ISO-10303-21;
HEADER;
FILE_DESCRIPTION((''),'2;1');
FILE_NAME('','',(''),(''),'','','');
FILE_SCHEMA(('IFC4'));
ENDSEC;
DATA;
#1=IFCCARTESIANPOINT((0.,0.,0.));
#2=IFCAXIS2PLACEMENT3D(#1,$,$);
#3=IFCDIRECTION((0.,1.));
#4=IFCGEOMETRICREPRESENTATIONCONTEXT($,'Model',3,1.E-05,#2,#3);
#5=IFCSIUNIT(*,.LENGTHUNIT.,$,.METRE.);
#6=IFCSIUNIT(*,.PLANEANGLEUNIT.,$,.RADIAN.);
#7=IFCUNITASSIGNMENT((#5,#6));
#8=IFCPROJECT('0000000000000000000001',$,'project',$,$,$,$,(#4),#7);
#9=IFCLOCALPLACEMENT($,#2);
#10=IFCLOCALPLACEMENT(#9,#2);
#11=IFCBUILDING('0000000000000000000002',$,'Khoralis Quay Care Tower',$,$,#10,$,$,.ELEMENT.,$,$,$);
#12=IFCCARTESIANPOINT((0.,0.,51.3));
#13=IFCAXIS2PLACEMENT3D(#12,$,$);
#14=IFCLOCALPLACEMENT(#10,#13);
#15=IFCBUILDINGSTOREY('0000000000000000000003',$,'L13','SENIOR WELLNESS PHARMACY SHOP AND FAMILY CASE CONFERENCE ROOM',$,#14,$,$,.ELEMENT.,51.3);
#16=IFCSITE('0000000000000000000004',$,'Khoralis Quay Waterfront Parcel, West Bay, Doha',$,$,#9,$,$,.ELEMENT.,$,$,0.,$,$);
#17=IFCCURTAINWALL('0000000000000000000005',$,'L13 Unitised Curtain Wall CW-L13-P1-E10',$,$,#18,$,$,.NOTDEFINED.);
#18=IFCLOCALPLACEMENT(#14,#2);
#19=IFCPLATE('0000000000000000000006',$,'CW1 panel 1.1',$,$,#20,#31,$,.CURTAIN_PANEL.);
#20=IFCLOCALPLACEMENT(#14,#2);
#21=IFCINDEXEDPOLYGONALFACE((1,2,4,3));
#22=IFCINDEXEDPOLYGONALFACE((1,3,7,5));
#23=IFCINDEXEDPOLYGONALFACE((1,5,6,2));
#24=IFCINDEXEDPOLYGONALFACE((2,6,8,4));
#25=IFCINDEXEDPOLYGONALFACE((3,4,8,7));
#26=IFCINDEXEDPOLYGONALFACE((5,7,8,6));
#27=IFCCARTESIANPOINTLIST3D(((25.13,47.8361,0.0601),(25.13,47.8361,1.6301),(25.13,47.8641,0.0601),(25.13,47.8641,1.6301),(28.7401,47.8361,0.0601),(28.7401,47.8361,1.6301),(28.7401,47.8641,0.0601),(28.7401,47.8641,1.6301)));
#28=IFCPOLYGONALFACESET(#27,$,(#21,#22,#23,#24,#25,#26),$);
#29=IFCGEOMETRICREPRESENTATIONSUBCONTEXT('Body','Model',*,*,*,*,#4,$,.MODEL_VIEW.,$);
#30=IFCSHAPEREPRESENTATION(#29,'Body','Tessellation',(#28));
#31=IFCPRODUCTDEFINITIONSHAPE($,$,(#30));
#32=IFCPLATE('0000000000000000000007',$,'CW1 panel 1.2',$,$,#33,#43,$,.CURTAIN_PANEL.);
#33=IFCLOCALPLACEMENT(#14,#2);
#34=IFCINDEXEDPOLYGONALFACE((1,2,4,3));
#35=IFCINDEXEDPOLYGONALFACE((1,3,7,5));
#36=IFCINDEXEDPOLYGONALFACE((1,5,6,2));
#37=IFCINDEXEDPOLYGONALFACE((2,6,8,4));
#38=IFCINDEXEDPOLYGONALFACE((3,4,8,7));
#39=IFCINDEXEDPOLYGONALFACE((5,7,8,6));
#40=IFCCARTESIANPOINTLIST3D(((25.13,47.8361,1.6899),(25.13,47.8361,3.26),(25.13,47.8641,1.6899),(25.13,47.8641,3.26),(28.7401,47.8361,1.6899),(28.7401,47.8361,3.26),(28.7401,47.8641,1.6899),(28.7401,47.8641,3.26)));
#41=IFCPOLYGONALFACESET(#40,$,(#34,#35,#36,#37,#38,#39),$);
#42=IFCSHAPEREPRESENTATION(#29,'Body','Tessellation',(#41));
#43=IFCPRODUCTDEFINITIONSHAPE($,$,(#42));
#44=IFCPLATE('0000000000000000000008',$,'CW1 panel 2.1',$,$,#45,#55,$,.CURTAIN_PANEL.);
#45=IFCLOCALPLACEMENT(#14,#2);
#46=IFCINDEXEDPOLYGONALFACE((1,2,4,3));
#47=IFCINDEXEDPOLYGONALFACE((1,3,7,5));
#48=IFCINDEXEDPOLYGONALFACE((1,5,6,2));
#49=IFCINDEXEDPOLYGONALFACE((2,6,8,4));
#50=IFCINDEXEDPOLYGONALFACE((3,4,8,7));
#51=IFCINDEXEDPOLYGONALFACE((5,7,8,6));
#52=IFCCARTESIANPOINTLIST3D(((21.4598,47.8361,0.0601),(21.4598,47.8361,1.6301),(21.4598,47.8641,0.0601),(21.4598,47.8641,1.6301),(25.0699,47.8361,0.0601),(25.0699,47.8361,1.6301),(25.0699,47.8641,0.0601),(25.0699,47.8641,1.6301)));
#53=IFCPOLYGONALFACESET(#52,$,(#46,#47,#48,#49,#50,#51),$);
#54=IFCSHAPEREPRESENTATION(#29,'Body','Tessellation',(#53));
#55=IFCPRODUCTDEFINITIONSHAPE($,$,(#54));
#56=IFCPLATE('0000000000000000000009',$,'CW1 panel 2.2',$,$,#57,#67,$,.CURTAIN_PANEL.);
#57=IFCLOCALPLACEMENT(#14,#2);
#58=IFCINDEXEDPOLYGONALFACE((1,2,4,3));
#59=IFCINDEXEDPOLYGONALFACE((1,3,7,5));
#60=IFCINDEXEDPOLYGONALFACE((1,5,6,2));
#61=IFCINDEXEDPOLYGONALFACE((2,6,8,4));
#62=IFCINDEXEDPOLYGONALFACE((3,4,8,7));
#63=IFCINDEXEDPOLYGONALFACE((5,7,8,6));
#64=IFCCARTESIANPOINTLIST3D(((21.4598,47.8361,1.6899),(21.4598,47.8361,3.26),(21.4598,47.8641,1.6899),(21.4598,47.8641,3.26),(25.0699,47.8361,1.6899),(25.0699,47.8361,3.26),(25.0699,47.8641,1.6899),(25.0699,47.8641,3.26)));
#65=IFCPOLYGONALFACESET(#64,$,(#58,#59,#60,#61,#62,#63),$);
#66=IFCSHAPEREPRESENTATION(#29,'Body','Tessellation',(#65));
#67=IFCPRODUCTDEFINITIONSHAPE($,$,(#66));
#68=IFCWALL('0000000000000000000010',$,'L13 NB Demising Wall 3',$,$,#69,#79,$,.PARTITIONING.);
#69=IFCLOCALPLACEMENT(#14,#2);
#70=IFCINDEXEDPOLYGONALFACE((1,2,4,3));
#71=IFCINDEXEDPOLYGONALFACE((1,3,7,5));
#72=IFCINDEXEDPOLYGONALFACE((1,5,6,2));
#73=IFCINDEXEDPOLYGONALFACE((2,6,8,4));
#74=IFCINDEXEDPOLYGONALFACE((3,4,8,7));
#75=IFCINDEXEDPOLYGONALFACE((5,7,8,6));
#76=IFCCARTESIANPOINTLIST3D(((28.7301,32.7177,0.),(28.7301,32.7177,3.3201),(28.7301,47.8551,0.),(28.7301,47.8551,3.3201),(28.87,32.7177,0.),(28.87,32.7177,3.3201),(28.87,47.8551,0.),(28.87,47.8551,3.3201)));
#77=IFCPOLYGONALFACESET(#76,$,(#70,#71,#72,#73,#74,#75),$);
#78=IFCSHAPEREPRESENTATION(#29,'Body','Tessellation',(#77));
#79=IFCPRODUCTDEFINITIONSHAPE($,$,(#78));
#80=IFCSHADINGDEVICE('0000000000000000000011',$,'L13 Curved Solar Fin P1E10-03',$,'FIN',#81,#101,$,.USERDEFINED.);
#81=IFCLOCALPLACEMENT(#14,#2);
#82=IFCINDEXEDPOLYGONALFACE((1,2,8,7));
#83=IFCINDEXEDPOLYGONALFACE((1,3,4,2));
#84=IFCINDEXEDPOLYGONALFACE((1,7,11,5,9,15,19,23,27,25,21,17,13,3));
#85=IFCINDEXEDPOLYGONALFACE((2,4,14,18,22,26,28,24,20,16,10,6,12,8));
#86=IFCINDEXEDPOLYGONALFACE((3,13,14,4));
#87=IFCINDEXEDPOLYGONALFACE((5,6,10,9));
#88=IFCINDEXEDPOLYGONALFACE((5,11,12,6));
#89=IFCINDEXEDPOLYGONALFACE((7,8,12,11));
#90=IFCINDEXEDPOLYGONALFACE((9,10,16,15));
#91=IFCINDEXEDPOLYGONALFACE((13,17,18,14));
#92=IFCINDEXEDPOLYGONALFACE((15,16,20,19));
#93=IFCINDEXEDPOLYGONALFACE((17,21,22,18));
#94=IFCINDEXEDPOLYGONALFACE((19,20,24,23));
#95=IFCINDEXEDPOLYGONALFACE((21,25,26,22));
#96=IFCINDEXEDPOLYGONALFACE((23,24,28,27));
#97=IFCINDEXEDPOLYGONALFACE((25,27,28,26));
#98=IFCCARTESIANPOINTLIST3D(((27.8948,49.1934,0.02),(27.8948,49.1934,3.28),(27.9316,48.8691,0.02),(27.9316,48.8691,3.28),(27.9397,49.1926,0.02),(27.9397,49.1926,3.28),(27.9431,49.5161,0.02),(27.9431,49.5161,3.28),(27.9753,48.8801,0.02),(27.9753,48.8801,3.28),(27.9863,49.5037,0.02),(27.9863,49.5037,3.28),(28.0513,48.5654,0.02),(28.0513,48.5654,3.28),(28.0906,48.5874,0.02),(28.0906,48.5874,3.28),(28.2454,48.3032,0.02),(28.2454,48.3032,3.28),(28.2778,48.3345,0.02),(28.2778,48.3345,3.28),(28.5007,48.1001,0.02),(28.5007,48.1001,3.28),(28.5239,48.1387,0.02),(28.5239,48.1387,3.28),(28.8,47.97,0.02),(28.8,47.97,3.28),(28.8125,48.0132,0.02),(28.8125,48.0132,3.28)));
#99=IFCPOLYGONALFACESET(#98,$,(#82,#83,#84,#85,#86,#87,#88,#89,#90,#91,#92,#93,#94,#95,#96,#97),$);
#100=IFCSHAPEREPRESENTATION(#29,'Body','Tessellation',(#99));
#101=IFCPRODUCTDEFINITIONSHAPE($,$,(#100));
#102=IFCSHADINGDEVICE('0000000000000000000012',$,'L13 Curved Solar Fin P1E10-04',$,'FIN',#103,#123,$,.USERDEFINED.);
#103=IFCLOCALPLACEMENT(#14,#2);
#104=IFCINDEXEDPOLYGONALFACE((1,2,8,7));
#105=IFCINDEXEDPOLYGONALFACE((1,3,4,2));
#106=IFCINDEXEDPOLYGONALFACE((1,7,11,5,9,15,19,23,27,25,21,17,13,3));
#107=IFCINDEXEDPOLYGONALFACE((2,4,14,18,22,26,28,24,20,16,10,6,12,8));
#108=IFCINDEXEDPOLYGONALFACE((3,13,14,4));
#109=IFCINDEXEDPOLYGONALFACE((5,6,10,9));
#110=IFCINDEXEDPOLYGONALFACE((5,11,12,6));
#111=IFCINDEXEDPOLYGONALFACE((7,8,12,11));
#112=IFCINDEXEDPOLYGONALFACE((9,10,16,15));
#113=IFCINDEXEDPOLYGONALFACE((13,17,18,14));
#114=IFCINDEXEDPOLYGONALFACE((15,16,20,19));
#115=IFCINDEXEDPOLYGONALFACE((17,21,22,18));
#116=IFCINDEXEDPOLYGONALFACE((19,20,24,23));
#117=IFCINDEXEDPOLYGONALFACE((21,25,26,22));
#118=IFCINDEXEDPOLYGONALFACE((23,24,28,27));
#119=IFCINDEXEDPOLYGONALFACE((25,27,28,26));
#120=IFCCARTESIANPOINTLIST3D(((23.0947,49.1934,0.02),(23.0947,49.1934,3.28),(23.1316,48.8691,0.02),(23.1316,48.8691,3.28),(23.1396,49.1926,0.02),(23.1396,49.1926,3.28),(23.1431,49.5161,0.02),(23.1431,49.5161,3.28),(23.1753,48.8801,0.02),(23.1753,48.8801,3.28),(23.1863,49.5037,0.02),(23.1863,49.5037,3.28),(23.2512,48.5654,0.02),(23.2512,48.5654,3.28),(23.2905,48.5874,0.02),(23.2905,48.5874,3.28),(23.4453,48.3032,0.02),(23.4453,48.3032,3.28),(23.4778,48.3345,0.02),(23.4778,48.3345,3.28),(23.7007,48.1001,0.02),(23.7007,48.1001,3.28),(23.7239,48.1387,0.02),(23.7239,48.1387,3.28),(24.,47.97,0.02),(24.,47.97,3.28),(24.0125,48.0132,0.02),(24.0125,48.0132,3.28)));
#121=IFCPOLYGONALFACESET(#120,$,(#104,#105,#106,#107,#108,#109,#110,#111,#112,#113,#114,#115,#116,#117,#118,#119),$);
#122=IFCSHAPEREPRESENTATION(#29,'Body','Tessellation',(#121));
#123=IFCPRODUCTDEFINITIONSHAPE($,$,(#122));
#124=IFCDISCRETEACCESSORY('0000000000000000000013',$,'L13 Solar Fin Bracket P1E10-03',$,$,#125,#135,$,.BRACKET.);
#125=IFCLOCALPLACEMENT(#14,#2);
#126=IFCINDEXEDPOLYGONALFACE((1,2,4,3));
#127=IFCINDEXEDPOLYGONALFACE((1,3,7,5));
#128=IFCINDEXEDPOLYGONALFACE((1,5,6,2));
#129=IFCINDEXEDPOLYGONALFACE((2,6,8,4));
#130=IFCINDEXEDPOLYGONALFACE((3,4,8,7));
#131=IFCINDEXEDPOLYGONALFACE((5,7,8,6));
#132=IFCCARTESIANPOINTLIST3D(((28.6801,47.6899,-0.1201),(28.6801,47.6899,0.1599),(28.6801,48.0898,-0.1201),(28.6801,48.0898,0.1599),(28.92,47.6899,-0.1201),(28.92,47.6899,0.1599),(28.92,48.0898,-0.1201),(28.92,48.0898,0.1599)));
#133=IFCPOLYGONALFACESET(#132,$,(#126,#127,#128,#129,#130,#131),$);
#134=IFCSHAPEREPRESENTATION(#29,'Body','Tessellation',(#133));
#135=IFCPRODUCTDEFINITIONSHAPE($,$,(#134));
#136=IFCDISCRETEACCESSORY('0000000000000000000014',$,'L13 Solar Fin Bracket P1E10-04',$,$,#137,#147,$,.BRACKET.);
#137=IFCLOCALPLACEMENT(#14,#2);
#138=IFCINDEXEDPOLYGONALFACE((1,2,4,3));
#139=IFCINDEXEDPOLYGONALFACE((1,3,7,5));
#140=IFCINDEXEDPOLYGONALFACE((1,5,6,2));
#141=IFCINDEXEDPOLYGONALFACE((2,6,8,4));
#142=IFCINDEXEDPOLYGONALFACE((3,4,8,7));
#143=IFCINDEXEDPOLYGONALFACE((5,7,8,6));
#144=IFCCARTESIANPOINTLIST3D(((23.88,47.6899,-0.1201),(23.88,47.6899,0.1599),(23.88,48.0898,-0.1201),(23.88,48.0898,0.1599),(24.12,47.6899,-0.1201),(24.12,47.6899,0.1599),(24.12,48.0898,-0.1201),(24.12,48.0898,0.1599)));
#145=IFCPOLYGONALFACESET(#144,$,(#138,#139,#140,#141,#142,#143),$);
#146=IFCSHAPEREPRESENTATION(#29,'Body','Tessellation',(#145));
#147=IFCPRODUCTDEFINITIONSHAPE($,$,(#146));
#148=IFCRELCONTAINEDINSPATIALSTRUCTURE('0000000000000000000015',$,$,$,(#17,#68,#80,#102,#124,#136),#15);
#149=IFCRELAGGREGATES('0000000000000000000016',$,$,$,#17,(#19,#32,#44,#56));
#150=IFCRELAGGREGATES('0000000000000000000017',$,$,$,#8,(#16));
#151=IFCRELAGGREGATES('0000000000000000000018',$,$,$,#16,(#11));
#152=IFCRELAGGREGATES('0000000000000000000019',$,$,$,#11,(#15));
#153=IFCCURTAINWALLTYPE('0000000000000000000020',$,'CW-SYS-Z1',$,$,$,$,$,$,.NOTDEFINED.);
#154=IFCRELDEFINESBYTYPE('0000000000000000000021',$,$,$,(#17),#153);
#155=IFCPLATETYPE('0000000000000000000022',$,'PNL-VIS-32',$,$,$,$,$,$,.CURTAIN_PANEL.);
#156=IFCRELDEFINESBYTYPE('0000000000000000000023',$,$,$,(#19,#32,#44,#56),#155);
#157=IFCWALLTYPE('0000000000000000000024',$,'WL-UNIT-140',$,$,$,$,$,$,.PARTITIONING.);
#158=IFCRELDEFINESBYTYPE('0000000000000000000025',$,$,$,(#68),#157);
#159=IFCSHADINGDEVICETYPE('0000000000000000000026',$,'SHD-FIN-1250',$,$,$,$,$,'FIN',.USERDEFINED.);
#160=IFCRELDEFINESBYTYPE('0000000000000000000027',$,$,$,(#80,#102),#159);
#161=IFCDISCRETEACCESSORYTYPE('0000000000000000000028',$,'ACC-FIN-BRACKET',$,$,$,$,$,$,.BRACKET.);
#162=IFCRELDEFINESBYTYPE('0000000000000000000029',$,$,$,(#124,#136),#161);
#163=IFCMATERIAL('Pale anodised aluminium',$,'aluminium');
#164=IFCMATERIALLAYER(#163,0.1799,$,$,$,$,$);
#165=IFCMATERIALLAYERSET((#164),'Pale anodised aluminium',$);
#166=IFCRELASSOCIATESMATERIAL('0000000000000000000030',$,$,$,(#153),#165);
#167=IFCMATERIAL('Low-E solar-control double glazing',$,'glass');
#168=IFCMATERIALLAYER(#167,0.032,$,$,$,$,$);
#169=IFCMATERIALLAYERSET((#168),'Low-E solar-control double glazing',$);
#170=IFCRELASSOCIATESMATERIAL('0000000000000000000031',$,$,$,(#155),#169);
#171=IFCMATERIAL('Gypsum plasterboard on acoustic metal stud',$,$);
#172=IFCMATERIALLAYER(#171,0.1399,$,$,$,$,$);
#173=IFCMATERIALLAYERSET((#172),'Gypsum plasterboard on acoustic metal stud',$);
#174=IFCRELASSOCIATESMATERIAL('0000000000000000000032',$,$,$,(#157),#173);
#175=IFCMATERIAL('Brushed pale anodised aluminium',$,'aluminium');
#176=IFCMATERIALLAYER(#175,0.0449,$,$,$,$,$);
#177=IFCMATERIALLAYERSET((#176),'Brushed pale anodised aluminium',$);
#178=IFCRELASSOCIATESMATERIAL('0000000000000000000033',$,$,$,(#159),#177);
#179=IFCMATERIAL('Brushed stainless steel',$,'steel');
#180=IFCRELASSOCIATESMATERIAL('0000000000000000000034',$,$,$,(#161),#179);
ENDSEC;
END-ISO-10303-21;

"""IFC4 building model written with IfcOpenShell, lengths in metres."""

from ifc_helpers import new_model, si_unit, direction, frame, frame_2d, origin, origin_2d, place, context, subcontext, project, spatial, polyline, rectangle, outline, extrude, source, transform, mapped, material, layer, layer_set, type_object, element, aggregate, save


model = new_model("IFC4")

# Units and contexts
model_context = context("Model", 3, precision=1e-05, world=origin(), true_north=direction((0.0, 1.0)))
body_context = subcontext(model_context, "Body", "Model", "MODEL_VIEW")
ifc_project = project(units=[si_unit("LENGTHUNIT", "METRE"), si_unit("PLANEANGLEUNIT", "RADIAN")], contexts=[model_context])

# Site, building, storey
site_placement = place(None, origin())
site = spatial("IfcSite", under=ifc_project, at=site_placement, Name="Khoralis Quay Waterfront Parcel, West Bay, Doha", CompositionType="ELEMENT", RefElevation=0.0)
building_placement = place(site_placement, origin())
building = spatial("IfcBuilding", under=site, at=building_placement, Name="Khoralis Quay Care Tower", CompositionType="ELEMENT")
storey_placement = place(building_placement, frame((0.0, 0.0, 51.3)))
storey = spatial("IfcBuildingStorey", under=building, at=storey_placement, Name="L13", Description="SENIOR WELLNESS PHARMACY SHOP AND FAMILY CASE CONFERENCE ROOM", CompositionType="ELEMENT", Elevation=51.3)

# Curtain wall, plates
ifc_material_1 = material(Name="Pale anodised aluminium", Category="aluminium")
ifc_layer_1 = layer(ifc_material_1, 0.1799)
ifc_layer_set_1 = layer_set([ifc_layer_1], Name="Pale anodised aluminium")
curtain_wall_type = type_object("IfcCurtainWallType", Name="CW-SYS-Z1", PredefinedType="NOTDEFINED", material=ifc_layer_set_1)
curtain_wall_placement = place(storey_placement, origin())
curtain_wall = element("IfcCurtainWall", 1, at=curtain_wall_placement, inside=storey, type_object=curtain_wall_type, Name="L13 Unitised Curtain Wall CW-L13-P1-E10", PredefinedType="NOTDEFINED")
ifc_material_2 = material(Name="Low-E solar-control double glazing", Category="glass")
ifc_layer_2 = layer(ifc_material_2, 0.032)
ifc_layer_set_2 = layer_set([ifc_layer_2], Name="Low-E solar-control double glazing")
plate_type = type_object("IfcPlateType", Name="PNL-VIS-32", PredefinedType="CURTAIN_PANEL", material=ifc_layer_set_2)
shared_shape_1 = source(origin(), body_context, "Body", "SweptSolid", [
    extrude(rectangle(XDim=3.6101, YDim=0.0281, at=origin_2d()), origin(), (0.0, 0.0, 1.0), 1.5701),
])
plate_1_placement = place(storey_placement, frame((26.9351, 47.8501, 0.0601), z_axis=(0.0, 0.0, 1.0), x_axis=(-1.0, 0.0, 0.0)))
plate_1 = element("IfcPlate", 2, at=plate_1_placement, type_object=plate_type, Name="CW1 panel 1.1", PredefinedType="CURTAIN_PANEL", context=body_context, shape_type="MappedRepresentation", body=[
    mapped(shared_shape_1, transform((0.0, 0.0, 0.0), scale=1.0)),
])
plate_2_placement = place(storey_placement, frame((26.9351, 47.8501, 1.6899), z_axis=(0.0, 0.0, 1.0), x_axis=(-1.0, 0.0, 0.0)))
plate_2 = element("IfcPlate", 3, at=plate_2_placement, type_object=plate_type, Name="CW1 panel 1.2", PredefinedType="CURTAIN_PANEL", context=body_context, shape_type="MappedRepresentation", body=[
    mapped(shared_shape_1, transform((0.0, 0.0, 0.0), scale=1.0)),
])
plate_3_placement = place(storey_placement, frame((23.2649, 47.8501, 0.0601), z_axis=(0.0, 0.0, 1.0), x_axis=(-1.0, 0.0, 0.0)))
plate_3 = element("IfcPlate", 4, at=plate_3_placement, type_object=plate_type, Name="CW1 panel 2.1", PredefinedType="CURTAIN_PANEL", context=body_context, shape_type="MappedRepresentation", body=[
    mapped(shared_shape_1, transform((0.0, 0.0, 0.0), scale=1.0)),
])
plate_4_placement = place(storey_placement, frame((23.2649, 47.8501, 1.6899), z_axis=(0.0, 0.0, 1.0), x_axis=(-1.0, 0.0, 0.0)))
plate_4 = element("IfcPlate", 5, at=plate_4_placement, type_object=plate_type, Name="CW1 panel 2.2", PredefinedType="CURTAIN_PANEL", context=body_context, shape_type="MappedRepresentation", body=[
    mapped(shared_shape_1, transform((0.0, 0.0, 0.0), scale=1.0)),
])
aggregate(curtain_wall, [plate_1, plate_2, plate_3, plate_4])

# Wall
ifc_material_3 = material(Name="Gypsum plasterboard on acoustic metal stud")
ifc_layer_3 = layer(ifc_material_3, 0.1399)
ifc_layer_set_3 = layer_set([ifc_layer_3], Name="Gypsum plasterboard on acoustic metal stud")
wall_type = type_object("IfcWallType", Name="WL-UNIT-140", PredefinedType="PARTITIONING", material=ifc_layer_set_3)
wall_placement = place(storey_placement, frame((28.8, 32.7175, 0.0), z_axis=(0.0, 0.0, 1.0), x_axis=(0.0, 1.0, 0.0)))
element("IfcWall", 6, at=wall_placement, inside=storey, type_object=wall_type, Name="L13 NB Demising Wall 3", PredefinedType="PARTITIONING", context=body_context, shape_type="SweptSolid", body=[
    extrude(rectangle(XDim=15.1375, YDim=0.1399, at=frame_2d((7.5688, 0.0))), origin(), (0.0, 0.0, 1.0), 3.3201),
])

# Shading devices
ifc_material_4 = material(Name="Brushed pale anodised aluminium", Category="aluminium")
ifc_layer_4 = layer(ifc_material_4, 0.0449)
ifc_layer_set_4 = layer_set([ifc_layer_4], Name="Brushed pale anodised aluminium")
shading_device_type = type_object("IfcShadingDeviceType", Name="SHD-FIN-1250", ElementType="FIN", PredefinedType="USERDEFINED", material=ifc_layer_set_4)
shared_shape_2 = source(origin(), body_context, "Body", "SweptSolid", [
    extrude(outline(polyline([(0.0, 0.0), (0.1301, 0.2993), (0.3333, 0.5547), (0.5955, 0.7488), (0.8992, 0.8684), (1.2234, 0.9053), (1.5461, 0.8569), (1.5337, 0.8137), (1.2227, 0.8604), (0.9102, 0.8247), (0.6174, 0.7095), (0.3645, 0.5222), (0.1687, 0.2761), (0.0432, -0.0125), (0.0, 0.0)])), origin(), (0.0, 0.0, 1.0), 3.26),
])
for number, where, z_axis, x_axis, name in (
    (7, (28.8, 47.97, 0.02), (0.0, 0.0, 1.0), (0.0, 1.0, 0.0), "L13 Curved Solar Fin P1E10-03"),
    (8, (24.0, 47.97, 0.02), (0.0, 0.0, 1.0), (0.0, 1.0, 0.0), "L13 Curved Solar Fin P1E10-04"),
):
    element("IfcShadingDevice", number, at=place(storey_placement, frame(where, z_axis=z_axis, x_axis=x_axis)), inside=storey, type_object=shading_device_type, Name=name, ObjectType="FIN", PredefinedType="USERDEFINED", context=body_context, shape_type="MappedRepresentation", body=[
        mapped(shared_shape_2, transform((0.0, 0.0, 0.0), scale=1.0)),
    ])

# Discrete accessories
ifc_material_5 = material(Name="Brushed stainless steel", Category="steel")
discrete_accessory_type = type_object("IfcDiscreteAccessoryType", Name="ACC-FIN-BRACKET", PredefinedType="BRACKET", material=ifc_material_5)
shared_shape_3 = source(origin(), body_context, "Body", "SweptSolid", [
    extrude(rectangle(XDim=0.3999, YDim=0.24, at=origin_2d()), origin(), (0.0, 0.0, 1.0), 0.28),
])
for number, where, z_axis, x_axis, name in (
    (9, (28.8, 47.8899, -0.1201), (0.0, 0.0, 1.0), (0.0, 1.0, 0.0), "L13 Solar Fin Bracket P1E10-03"),
    (10, (24.0, 47.8899, -0.1201), (0.0, 0.0, 1.0), (0.0, 1.0, 0.0), "L13 Solar Fin Bracket P1E10-04"),
):
    element("IfcDiscreteAccessory", number, at=place(storey_placement, frame(where, z_axis=z_axis, x_axis=x_axis)), inside=storey, type_object=discrete_accessory_type, Name=name, PredefinedType="BRACKET", context=body_context, shape_type="MappedRepresentation", body=[
        mapped(shared_shape_3, transform((0.0, 0.0, 0.0), scale=1.0)),
    ])

save(model, "model.ifc")
